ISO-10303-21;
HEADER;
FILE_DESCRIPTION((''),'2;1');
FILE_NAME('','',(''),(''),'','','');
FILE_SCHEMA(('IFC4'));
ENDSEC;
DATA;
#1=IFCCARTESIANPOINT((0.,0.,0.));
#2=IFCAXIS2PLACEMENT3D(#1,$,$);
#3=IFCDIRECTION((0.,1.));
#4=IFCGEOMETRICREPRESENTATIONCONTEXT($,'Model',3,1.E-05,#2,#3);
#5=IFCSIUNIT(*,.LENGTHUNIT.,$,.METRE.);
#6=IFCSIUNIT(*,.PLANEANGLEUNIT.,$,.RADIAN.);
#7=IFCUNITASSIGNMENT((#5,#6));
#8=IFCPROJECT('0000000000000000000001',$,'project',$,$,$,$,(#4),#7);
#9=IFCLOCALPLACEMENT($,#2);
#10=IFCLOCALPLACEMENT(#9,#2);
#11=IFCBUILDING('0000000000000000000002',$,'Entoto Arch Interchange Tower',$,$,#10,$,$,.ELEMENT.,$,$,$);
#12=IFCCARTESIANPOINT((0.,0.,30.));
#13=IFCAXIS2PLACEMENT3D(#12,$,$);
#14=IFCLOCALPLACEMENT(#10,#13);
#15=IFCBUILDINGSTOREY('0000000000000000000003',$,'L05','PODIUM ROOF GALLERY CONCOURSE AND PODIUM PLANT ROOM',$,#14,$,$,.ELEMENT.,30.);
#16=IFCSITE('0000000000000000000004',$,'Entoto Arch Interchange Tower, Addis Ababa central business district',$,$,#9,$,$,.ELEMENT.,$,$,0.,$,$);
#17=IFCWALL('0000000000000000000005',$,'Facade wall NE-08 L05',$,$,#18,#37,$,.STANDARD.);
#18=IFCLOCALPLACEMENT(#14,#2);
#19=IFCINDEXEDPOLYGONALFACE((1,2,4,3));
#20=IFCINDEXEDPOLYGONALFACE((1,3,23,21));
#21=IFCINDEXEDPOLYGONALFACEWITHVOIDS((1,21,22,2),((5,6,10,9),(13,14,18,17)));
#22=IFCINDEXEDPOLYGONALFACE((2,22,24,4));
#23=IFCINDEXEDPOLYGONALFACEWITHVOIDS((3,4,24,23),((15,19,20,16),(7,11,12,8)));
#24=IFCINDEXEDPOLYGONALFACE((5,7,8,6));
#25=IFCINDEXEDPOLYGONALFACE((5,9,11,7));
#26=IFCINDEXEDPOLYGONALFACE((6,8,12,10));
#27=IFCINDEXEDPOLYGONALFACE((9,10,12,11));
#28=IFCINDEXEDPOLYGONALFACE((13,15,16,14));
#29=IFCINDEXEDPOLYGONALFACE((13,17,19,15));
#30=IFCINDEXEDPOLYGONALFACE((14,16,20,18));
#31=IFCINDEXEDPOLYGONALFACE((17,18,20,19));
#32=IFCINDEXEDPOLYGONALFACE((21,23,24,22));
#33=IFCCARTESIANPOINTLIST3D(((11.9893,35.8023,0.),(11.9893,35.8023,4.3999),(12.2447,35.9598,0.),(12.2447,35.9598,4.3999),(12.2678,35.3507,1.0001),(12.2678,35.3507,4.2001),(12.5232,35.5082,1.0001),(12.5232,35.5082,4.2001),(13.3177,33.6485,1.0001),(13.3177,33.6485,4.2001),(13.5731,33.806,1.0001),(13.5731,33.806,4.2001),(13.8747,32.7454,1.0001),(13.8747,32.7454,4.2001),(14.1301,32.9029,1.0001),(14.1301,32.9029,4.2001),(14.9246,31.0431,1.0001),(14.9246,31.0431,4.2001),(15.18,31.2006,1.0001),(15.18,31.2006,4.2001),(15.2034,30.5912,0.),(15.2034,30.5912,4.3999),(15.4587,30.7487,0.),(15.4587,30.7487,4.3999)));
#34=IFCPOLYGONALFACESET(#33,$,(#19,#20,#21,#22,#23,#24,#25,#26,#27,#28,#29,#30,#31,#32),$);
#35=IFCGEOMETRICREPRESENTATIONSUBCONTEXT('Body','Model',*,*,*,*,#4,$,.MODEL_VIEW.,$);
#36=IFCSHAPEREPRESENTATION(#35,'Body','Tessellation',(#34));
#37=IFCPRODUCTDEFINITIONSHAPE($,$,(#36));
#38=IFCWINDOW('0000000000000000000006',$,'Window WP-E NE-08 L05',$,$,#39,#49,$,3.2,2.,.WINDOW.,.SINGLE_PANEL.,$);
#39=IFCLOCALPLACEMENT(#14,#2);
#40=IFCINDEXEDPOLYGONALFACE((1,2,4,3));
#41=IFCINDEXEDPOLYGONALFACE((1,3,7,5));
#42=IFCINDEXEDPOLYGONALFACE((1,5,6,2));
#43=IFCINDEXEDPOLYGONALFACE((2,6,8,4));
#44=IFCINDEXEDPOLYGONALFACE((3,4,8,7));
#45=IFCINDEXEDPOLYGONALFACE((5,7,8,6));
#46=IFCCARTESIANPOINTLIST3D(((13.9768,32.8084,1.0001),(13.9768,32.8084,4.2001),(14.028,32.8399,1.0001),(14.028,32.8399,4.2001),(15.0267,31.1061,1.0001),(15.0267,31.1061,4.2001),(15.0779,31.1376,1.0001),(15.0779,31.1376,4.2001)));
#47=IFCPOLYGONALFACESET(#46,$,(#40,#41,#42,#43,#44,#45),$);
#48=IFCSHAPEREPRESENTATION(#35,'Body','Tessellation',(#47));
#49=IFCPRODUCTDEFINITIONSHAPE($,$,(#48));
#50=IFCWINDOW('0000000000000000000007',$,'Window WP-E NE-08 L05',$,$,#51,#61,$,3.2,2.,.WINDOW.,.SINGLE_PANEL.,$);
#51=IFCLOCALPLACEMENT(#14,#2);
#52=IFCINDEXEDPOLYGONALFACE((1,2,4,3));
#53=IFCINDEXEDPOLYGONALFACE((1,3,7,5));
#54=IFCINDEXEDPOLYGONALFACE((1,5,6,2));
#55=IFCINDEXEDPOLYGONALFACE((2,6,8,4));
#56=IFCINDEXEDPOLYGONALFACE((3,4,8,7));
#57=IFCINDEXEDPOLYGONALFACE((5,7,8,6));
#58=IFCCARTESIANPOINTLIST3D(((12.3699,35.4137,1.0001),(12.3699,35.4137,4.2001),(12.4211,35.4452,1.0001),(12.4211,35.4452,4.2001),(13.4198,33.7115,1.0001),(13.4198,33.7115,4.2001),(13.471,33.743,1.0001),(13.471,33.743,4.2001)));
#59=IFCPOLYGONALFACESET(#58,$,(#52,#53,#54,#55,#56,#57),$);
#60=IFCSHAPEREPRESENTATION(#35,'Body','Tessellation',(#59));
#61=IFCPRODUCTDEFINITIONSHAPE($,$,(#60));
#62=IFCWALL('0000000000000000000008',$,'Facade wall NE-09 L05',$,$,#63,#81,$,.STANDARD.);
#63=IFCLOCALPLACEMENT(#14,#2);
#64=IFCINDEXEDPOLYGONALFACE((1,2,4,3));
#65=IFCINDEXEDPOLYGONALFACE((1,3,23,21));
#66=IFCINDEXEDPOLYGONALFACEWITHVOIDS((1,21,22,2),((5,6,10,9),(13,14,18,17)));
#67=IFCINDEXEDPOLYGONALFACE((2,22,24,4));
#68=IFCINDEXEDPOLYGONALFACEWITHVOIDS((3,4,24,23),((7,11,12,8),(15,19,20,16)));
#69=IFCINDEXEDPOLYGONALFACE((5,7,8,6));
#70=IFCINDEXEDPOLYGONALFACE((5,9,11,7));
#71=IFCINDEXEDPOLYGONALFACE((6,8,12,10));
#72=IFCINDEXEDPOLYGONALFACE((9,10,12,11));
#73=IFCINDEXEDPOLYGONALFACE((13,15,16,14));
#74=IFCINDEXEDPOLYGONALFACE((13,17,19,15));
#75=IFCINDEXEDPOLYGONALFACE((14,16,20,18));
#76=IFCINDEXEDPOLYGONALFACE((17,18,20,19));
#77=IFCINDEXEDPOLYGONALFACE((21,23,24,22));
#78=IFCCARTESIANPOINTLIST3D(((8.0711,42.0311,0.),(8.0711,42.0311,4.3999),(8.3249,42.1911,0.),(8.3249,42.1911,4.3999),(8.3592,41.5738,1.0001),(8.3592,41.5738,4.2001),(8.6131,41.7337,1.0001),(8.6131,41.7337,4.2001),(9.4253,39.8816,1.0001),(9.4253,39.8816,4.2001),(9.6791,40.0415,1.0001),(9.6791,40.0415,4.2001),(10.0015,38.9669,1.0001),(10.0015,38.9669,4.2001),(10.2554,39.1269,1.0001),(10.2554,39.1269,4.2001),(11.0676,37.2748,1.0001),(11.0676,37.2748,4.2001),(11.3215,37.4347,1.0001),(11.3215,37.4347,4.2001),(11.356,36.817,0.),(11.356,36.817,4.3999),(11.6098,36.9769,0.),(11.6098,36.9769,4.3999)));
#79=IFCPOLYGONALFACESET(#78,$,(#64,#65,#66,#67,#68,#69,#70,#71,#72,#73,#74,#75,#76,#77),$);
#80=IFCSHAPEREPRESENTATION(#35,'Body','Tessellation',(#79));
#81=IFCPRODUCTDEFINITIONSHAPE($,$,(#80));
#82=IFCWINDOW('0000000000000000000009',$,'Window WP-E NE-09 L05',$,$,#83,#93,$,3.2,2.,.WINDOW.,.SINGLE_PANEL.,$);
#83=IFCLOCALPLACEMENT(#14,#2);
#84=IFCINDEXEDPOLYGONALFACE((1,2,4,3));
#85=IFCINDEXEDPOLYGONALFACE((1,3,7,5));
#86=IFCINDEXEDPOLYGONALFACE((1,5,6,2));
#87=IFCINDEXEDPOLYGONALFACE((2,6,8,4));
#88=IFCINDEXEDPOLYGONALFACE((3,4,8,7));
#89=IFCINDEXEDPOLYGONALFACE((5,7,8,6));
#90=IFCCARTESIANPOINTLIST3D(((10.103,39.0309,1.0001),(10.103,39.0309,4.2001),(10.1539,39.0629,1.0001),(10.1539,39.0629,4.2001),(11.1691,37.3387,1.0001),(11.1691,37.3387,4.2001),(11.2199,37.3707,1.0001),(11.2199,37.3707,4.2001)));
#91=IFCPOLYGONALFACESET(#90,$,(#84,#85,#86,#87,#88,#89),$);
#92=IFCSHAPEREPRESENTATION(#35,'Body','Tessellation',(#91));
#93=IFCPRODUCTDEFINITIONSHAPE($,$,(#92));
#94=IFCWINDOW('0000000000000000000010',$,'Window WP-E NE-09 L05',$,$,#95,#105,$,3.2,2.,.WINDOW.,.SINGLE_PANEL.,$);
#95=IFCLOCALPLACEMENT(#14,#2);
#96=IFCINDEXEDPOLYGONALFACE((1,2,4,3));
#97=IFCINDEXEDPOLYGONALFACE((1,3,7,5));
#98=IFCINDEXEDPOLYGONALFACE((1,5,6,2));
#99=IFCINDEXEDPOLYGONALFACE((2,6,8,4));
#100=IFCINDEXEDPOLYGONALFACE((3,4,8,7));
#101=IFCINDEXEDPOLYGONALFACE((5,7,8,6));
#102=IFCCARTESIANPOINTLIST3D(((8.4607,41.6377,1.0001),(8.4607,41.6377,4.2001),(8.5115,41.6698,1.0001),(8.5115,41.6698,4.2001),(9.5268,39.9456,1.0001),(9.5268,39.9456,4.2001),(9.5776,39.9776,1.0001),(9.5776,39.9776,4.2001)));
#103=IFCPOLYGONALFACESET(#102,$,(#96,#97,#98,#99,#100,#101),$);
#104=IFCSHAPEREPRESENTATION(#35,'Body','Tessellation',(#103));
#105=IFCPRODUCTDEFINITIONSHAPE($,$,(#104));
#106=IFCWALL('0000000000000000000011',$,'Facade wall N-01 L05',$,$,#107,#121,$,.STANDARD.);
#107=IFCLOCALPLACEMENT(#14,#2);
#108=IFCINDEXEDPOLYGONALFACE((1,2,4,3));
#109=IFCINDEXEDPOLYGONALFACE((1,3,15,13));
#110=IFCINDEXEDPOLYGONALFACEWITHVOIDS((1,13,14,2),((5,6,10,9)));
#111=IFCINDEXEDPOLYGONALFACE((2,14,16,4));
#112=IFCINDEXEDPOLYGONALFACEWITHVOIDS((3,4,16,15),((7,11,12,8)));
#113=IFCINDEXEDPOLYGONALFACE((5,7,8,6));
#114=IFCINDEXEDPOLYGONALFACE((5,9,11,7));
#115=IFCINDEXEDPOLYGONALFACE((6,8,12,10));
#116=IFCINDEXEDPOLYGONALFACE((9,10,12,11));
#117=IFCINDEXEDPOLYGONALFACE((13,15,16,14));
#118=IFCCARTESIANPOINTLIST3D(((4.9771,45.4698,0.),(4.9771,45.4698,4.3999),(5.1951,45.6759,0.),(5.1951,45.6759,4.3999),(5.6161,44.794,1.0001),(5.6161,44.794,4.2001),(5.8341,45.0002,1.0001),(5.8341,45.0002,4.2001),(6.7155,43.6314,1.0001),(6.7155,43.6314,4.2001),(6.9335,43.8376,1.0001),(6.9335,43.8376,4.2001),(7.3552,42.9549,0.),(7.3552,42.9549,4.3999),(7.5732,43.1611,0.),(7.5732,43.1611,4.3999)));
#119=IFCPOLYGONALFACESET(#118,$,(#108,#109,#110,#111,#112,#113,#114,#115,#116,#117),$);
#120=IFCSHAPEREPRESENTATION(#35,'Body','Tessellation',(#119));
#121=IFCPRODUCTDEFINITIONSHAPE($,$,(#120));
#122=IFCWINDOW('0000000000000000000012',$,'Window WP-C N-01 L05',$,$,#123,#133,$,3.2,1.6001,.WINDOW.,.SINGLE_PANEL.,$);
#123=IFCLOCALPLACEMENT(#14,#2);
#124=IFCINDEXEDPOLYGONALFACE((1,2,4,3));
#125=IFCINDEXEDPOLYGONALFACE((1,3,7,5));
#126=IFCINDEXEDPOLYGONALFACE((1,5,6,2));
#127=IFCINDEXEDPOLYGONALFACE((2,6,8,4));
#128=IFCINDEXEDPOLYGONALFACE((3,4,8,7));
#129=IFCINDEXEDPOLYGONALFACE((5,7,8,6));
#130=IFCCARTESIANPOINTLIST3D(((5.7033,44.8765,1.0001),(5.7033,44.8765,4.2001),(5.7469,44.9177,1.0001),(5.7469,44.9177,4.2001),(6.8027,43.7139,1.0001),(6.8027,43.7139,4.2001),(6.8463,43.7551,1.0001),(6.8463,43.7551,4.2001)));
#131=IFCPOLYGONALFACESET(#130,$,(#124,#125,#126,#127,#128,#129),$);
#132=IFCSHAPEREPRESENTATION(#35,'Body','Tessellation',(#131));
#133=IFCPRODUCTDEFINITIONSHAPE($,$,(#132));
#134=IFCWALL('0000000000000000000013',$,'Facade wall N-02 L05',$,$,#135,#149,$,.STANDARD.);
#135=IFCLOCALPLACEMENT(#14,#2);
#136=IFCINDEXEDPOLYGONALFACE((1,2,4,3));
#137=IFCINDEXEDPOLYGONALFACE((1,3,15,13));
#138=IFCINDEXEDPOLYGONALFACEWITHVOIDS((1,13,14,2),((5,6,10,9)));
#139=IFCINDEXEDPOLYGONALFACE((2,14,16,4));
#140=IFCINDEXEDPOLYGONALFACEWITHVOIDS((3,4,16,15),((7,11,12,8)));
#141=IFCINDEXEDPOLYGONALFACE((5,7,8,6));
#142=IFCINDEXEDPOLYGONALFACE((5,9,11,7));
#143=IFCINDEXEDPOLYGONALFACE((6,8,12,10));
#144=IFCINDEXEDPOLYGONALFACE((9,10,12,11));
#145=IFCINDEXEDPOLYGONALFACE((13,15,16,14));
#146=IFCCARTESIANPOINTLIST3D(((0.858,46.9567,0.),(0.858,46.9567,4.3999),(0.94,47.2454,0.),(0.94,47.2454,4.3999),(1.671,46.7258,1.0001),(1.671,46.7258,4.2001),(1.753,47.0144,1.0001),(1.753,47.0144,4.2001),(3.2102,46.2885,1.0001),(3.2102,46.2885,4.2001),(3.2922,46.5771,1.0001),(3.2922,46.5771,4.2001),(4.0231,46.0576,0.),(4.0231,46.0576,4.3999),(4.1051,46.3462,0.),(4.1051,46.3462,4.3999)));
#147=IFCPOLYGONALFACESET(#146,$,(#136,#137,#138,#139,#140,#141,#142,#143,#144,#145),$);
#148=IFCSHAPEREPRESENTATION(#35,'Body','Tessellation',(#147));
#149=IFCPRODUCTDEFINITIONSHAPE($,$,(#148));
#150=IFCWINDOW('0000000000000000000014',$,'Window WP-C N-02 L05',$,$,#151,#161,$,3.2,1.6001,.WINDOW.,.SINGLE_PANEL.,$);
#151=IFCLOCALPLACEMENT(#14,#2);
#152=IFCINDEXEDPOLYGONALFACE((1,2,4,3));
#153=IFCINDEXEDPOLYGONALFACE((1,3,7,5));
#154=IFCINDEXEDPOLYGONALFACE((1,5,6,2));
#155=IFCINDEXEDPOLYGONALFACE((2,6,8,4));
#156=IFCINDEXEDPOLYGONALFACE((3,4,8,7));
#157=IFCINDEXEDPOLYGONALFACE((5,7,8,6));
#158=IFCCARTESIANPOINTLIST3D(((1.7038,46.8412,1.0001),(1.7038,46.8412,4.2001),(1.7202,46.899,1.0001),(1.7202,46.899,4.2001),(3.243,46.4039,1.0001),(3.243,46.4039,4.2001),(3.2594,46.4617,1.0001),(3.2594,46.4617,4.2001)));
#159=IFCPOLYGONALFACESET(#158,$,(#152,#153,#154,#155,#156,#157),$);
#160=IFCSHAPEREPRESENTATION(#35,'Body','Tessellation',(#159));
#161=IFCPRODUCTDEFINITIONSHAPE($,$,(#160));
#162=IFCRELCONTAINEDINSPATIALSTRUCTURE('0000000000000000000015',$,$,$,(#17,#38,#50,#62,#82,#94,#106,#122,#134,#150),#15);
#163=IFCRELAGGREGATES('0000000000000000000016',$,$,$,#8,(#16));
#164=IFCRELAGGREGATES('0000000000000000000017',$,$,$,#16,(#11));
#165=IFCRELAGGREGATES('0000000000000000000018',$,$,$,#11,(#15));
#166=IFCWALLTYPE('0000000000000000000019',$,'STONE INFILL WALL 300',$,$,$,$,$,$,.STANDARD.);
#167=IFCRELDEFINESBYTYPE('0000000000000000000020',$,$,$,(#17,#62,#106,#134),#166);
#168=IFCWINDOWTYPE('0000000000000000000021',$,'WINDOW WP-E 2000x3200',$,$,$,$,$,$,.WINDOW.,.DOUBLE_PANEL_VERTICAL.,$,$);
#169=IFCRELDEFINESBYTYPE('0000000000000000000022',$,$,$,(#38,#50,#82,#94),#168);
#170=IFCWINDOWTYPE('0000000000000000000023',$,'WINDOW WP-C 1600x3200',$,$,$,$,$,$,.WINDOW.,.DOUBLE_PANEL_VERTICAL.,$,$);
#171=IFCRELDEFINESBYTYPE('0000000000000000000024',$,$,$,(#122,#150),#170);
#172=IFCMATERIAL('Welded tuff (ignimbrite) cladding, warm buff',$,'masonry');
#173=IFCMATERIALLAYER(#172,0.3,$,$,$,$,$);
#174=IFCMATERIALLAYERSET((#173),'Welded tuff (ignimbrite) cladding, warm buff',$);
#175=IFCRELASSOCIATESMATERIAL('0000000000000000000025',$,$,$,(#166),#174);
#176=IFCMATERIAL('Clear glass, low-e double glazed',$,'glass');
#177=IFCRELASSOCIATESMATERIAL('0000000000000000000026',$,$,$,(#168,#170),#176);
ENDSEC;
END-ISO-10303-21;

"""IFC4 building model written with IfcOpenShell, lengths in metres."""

from ifc_helpers import new_model, si_unit, direction, frame, frame_2d, origin, place, context, subcontext, project, spatial, rectangle, extrude, material, layer, layer_set, type_object, element, fill, save


model = new_model("IFC4")

# Units and contexts
model_context = context("Model", 3, precision=1e-05, world=origin(), true_north=direction((0.0, 1.0)))
body_context = subcontext(model_context, "Body", "Model", "MODEL_VIEW")
ifc_project = project(units=[si_unit("LENGTHUNIT", "METRE"), si_unit("PLANEANGLEUNIT", "RADIAN")], contexts=[model_context])

# Site, building, storey
site_placement = place(None, origin())
site = spatial("IfcSite", under=ifc_project, at=site_placement, Name="Entoto Arch Interchange Tower, Addis Ababa central business district", CompositionType="ELEMENT", RefElevation=0.0)
building_placement = place(site_placement, origin())
building = spatial("IfcBuilding", under=site, at=building_placement, Name="Entoto Arch Interchange Tower", CompositionType="ELEMENT")
storey_placement = place(building_placement, frame((0.0, 0.0, 30.0)))
storey = spatial("IfcBuildingStorey", under=building, at=storey_placement, Name="L05", Description="PODIUM ROOF GALLERY CONCOURSE AND PODIUM PLANT ROOM", CompositionType="ELEMENT", Elevation=30.0)

# Walls, openings, windows
ifc_material_1 = material(Name="Welded tuff (ignimbrite) cladding, warm buff", Category="masonry")
ifc_layer_1 = layer(ifc_material_1, 0.3)
ifc_layer_set_1 = layer_set([ifc_layer_1], Name="Welded tuff (ignimbrite) cladding, warm buff")
wall_type_1 = type_object("IfcWallType", Name="STONE INFILL WALL 300", PredefinedType="STANDARD", material=ifc_layer_set_1)
wall_1_placement = place(storey_placement, frame((15.3311, 30.6699, 0.0), z_axis=(0.0, 0.0, 1.0), x_axis=(-0.524954, 0.851131, 0.0)))
wall_1 = element("IfcWall", 1, at=wall_1_placement, inside=storey, type_object=wall_type_1, Name="Facade wall NE-08 L05", PredefinedType="STANDARD", context=body_context, shape_type="SweptSolid", body=[
    extrude(rectangle(XDim=6.1226, YDim=0.3, at=frame_2d((3.0613, 0.0))), origin(), (0.0, 0.0, 1.0), 4.3999),
])
opening_1_placement = place(wall_1_placement, frame((0.531, 0.0, 1.0)))
opening_1 = element("IfcOpeningElement", 2, at=opening_1_placement, cuts=wall_1, PredefinedType="OPENING", context=body_context, shape_type="SweptSolid", body=[
    extrude(rectangle(XDim=2.0, YDim=3.2, at=frame_2d((1.0, 1.6001))), frame((0.0, 0.1602, 0.0), z_axis=(0.0, -1.0, 0.0), x_axis=(1.0, 0.0, 0.0)), (0.0, 0.0, 1.0), 0.3201),
])
opening_2_placement = place(wall_1_placement, frame((3.592, 0.0, 1.0)))
opening_2 = element("IfcOpeningElement", 3, at=opening_2_placement, cuts=wall_1, PredefinedType="OPENING", context=body_context, shape_type="SweptSolid", body=[
    extrude(rectangle(XDim=2.0, YDim=3.2, at=frame_2d((1.0, 1.6001))), frame((0.0, 0.1602, 0.0), z_axis=(0.0, -1.0, 0.0), x_axis=(1.0, 0.0, 0.0)), (0.0, 0.0, 1.0), 0.3201),
])
ifc_material_2 = material(Name="Clear glass, low-e double glazed", Category="glass")
window_type_1 = type_object("IfcWindowType", Name="WINDOW WP-E 2000x3200", PartitioningType="DOUBLE_PANEL_VERTICAL", PredefinedType="WINDOW", material=ifc_material_2)
window_1_placement = place(opening_1_placement, origin())
window_1 = element("IfcWindow", 4, at=window_1_placement, inside=storey, type_object=window_type_1, Name="Window WP-E NE-08 L05", OverallHeight=3.2, OverallWidth=2.0, PartitioningType="SINGLE_PANEL", PredefinedType="WINDOW", context=body_context, shape_type="SweptSolid", body=[
    extrude(rectangle(XDim=2.0, YDim=3.2, at=frame_2d((1.0, 1.6001))), frame((0.0, 0.03, 0.0), z_axis=(0.0, -1.0, 0.0), x_axis=(1.0, 0.0, 0.0)), (0.0, 0.0, 1.0), 0.0601),
])
fill(opening_1, window_1)
window_2_placement = place(opening_2_placement, origin())
window_2 = element("IfcWindow", 5, at=window_2_placement, inside=storey, type_object=window_type_1, Name="Window WP-E NE-08 L05", OverallHeight=3.2, OverallWidth=2.0, PartitioningType="SINGLE_PANEL", PredefinedType="WINDOW", context=body_context, shape_type="SweptSolid", body=[
    extrude(rectangle(XDim=2.0, YDim=3.2, at=frame_2d((1.0, 1.6001))), frame((0.0, 0.03, 0.0), z_axis=(0.0, -1.0, 0.0), x_axis=(1.0, 0.0, 0.0)), (0.0, 0.0, 1.0), 0.0601),
])
fill(opening_2, window_2)
wall_2_placement = place(storey_placement, frame((11.4829, 36.897, 0.0), z_axis=(0.0, 0.0, 1.0), x_axis=(-0.53304, 0.84609, 0.0)))
wall_2 = element("IfcWall", 6, at=wall_2_placement, inside=storey, type_object=wall_type_1, Name="Facade wall NE-09 L05", PredefinedType="STANDARD", context=body_context, shape_type="SweptSolid", body=[
    extrude(rectangle(XDim=6.1626, YDim=0.3, at=frame_2d((3.0813, 0.0))), origin(), (0.0, 0.0, 1.0), 4.3999),
])
opening_3_placement = place(wall_2_placement, frame((0.541, 0.0, 1.0)))
opening_3 = element("IfcOpeningElement", 7, at=opening_3_placement, cuts=wall_2, PredefinedType="OPENING", context=body_context, shape_type="SweptSolid", body=[
    extrude(rectangle(XDim=2.0, YDim=3.2, at=frame_2d((1.0, 1.6001))), frame((0.0, 0.1602, 0.0), z_axis=(0.0, -1.0, 0.0), x_axis=(1.0, 0.0, 0.0)), (0.0, 0.0, 1.0), 0.3201),
])
opening_4_placement = place(wall_2_placement, frame((3.6221, 0.0, 1.0)))
opening_4 = element("IfcOpeningElement", 8, at=opening_4_placement, cuts=wall_2, PredefinedType="OPENING", context=body_context, shape_type="SweptSolid", body=[
    extrude(rectangle(XDim=2.0, YDim=3.2, at=frame_2d((1.0, 1.6001))), frame((0.0, 0.1602, 0.0), z_axis=(0.0, -1.0, 0.0), x_axis=(1.0, 0.0, 0.0)), (0.0, 0.0, 1.0), 0.3201),
])
window_3_placement = place(opening_3_placement, origin())
window_3 = element("IfcWindow", 9, at=window_3_placement, inside=storey, type_object=window_type_1, Name="Window WP-E NE-09 L05", OverallHeight=3.2, OverallWidth=2.0, PartitioningType="SINGLE_PANEL", PredefinedType="WINDOW", context=body_context, shape_type="SweptSolid", body=[
    extrude(rectangle(XDim=2.0, YDim=3.2, at=frame_2d((1.0, 1.6001))), frame((0.0, 0.03, 0.0), z_axis=(0.0, -1.0, 0.0), x_axis=(1.0, 0.0, 0.0)), (0.0, 0.0, 1.0), 0.0601),
])
fill(opening_3, window_3)
window_4_placement = place(opening_4_placement, origin())
window_4 = element("IfcWindow", 10, at=window_4_placement, inside=storey, type_object=window_type_1, Name="Window WP-E NE-09 L05", OverallHeight=3.2, OverallWidth=2.0, PartitioningType="SINGLE_PANEL", PredefinedType="WINDOW", context=body_context, shape_type="SweptSolid", body=[
    extrude(rectangle(XDim=2.0, YDim=3.2, at=frame_2d((1.0, 1.6001))), frame((0.0, 0.03, 0.0), z_axis=(0.0, -1.0, 0.0), x_axis=(1.0, 0.0, 0.0)), (0.0, 0.0, 1.0), 0.0601),
])
fill(opening_4, window_4)

# Walls, openings, windows
wall_3_placement = place(storey_placement, frame((7.4641, 43.0581, 0.0), z_axis=(0.0, 0.0, 1.0), x_axis=(-0.687081, 0.726581, 0.0)))
wall_3 = element("IfcWall", 11, at=wall_3_placement, inside=storey, type_object=wall_type_1, Name="Facade wall N-01 L05", PredefinedType="STANDARD", context=body_context, shape_type="SweptSolid", body=[
    extrude(rectangle(XDim=3.4612, YDim=0.3, at=frame_2d((1.7305, 0.0))), origin(), (0.0, 0.0, 1.0), 4.3999),
])
opening_5_placement = place(wall_3_placement, frame((0.9309, 0.0, 1.0)))
opening_5 = element("IfcOpeningElement", 12, at=opening_5_placement, cuts=wall_3, PredefinedType="OPENING", context=body_context, shape_type="SweptSolid", body=[
    extrude(rectangle(XDim=1.6001, YDim=3.2, at=frame_2d((0.8, 1.6001))), frame((0.0, 0.1602, 0.0), z_axis=(0.0, -1.0, 0.0), x_axis=(1.0, 0.0, 0.0)), (0.0, 0.0, 1.0), 0.3201),
])
window_type_2 = type_object("IfcWindowType", Name="WINDOW WP-C 1600x3200", PartitioningType="DOUBLE_PANEL_VERTICAL", PredefinedType="WINDOW", material=ifc_material_2)
window_5_placement = place(opening_5_placement, origin())
window_5 = element("IfcWindow", 13, at=window_5_placement, inside=storey, type_object=window_type_2, Name="Window WP-C N-01 L05", OverallHeight=3.2, OverallWidth=1.6001, PartitioningType="SINGLE_PANEL", PredefinedType="WINDOW", context=body_context, shape_type="SweptSolid", body=[
    extrude(rectangle(XDim=1.6001, YDim=3.2, at=frame_2d((0.8, 1.6001))), frame((0.0, 0.03, 0.0), z_axis=(0.0, -1.0, 0.0), x_axis=(1.0, 0.0, 0.0)), (0.0, 0.0, 1.0), 0.0601),
])
fill(opening_5, window_5)
wall_4_placement = place(storey_placement, frame((4.064, 46.2019, 0.0), z_axis=(0.0, 0.0, 1.0), x_axis=(-0.961934, 0.27328, 0.0)))
wall_4 = element("IfcWall", 14, at=wall_4_placement, inside=storey, type_object=wall_type_1, Name="Facade wall N-02 L05", PredefinedType="STANDARD", context=body_context, shape_type="SweptSolid", body=[
    extrude(rectangle(XDim=3.2903, YDim=0.3, at=frame_2d((1.645, 0.0))), origin(), (0.0, 0.0, 1.0), 4.3999),
])
opening_6_placement = place(wall_4_placement, frame((0.845, 0.0, 1.0)))
opening_6 = element("IfcOpeningElement", 15, at=opening_6_placement, cuts=wall_4, PredefinedType="OPENING", context=body_context, shape_type="SweptSolid", body=[
    extrude(rectangle(XDim=1.6001, YDim=3.2, at=frame_2d((0.8, 1.6001))), frame((0.0, 0.1602, 0.0), z_axis=(0.0, -1.0, 0.0), x_axis=(1.0, 0.0, 0.0)), (0.0, 0.0, 1.0), 0.3201),
])
window_6_placement = place(opening_6_placement, origin())
window_6 = element("IfcWindow", 16, at=window_6_placement, inside=storey, type_object=window_type_2, Name="Window WP-C N-02 L05", OverallHeight=3.2, OverallWidth=1.6001, PartitioningType="SINGLE_PANEL", PredefinedType="WINDOW", context=body_context, shape_type="SweptSolid", body=[
    extrude(rectangle(XDim=1.6001, YDim=3.2, at=frame_2d((0.8, 1.6001))), frame((0.0, 0.03, 0.0), z_axis=(0.0, -1.0, 0.0), x_axis=(1.0, 0.0, 0.0)), (0.0, 0.0, 1.0), 0.0601),
])
fill(opening_6, window_6)

save(model, "model.ifc")
